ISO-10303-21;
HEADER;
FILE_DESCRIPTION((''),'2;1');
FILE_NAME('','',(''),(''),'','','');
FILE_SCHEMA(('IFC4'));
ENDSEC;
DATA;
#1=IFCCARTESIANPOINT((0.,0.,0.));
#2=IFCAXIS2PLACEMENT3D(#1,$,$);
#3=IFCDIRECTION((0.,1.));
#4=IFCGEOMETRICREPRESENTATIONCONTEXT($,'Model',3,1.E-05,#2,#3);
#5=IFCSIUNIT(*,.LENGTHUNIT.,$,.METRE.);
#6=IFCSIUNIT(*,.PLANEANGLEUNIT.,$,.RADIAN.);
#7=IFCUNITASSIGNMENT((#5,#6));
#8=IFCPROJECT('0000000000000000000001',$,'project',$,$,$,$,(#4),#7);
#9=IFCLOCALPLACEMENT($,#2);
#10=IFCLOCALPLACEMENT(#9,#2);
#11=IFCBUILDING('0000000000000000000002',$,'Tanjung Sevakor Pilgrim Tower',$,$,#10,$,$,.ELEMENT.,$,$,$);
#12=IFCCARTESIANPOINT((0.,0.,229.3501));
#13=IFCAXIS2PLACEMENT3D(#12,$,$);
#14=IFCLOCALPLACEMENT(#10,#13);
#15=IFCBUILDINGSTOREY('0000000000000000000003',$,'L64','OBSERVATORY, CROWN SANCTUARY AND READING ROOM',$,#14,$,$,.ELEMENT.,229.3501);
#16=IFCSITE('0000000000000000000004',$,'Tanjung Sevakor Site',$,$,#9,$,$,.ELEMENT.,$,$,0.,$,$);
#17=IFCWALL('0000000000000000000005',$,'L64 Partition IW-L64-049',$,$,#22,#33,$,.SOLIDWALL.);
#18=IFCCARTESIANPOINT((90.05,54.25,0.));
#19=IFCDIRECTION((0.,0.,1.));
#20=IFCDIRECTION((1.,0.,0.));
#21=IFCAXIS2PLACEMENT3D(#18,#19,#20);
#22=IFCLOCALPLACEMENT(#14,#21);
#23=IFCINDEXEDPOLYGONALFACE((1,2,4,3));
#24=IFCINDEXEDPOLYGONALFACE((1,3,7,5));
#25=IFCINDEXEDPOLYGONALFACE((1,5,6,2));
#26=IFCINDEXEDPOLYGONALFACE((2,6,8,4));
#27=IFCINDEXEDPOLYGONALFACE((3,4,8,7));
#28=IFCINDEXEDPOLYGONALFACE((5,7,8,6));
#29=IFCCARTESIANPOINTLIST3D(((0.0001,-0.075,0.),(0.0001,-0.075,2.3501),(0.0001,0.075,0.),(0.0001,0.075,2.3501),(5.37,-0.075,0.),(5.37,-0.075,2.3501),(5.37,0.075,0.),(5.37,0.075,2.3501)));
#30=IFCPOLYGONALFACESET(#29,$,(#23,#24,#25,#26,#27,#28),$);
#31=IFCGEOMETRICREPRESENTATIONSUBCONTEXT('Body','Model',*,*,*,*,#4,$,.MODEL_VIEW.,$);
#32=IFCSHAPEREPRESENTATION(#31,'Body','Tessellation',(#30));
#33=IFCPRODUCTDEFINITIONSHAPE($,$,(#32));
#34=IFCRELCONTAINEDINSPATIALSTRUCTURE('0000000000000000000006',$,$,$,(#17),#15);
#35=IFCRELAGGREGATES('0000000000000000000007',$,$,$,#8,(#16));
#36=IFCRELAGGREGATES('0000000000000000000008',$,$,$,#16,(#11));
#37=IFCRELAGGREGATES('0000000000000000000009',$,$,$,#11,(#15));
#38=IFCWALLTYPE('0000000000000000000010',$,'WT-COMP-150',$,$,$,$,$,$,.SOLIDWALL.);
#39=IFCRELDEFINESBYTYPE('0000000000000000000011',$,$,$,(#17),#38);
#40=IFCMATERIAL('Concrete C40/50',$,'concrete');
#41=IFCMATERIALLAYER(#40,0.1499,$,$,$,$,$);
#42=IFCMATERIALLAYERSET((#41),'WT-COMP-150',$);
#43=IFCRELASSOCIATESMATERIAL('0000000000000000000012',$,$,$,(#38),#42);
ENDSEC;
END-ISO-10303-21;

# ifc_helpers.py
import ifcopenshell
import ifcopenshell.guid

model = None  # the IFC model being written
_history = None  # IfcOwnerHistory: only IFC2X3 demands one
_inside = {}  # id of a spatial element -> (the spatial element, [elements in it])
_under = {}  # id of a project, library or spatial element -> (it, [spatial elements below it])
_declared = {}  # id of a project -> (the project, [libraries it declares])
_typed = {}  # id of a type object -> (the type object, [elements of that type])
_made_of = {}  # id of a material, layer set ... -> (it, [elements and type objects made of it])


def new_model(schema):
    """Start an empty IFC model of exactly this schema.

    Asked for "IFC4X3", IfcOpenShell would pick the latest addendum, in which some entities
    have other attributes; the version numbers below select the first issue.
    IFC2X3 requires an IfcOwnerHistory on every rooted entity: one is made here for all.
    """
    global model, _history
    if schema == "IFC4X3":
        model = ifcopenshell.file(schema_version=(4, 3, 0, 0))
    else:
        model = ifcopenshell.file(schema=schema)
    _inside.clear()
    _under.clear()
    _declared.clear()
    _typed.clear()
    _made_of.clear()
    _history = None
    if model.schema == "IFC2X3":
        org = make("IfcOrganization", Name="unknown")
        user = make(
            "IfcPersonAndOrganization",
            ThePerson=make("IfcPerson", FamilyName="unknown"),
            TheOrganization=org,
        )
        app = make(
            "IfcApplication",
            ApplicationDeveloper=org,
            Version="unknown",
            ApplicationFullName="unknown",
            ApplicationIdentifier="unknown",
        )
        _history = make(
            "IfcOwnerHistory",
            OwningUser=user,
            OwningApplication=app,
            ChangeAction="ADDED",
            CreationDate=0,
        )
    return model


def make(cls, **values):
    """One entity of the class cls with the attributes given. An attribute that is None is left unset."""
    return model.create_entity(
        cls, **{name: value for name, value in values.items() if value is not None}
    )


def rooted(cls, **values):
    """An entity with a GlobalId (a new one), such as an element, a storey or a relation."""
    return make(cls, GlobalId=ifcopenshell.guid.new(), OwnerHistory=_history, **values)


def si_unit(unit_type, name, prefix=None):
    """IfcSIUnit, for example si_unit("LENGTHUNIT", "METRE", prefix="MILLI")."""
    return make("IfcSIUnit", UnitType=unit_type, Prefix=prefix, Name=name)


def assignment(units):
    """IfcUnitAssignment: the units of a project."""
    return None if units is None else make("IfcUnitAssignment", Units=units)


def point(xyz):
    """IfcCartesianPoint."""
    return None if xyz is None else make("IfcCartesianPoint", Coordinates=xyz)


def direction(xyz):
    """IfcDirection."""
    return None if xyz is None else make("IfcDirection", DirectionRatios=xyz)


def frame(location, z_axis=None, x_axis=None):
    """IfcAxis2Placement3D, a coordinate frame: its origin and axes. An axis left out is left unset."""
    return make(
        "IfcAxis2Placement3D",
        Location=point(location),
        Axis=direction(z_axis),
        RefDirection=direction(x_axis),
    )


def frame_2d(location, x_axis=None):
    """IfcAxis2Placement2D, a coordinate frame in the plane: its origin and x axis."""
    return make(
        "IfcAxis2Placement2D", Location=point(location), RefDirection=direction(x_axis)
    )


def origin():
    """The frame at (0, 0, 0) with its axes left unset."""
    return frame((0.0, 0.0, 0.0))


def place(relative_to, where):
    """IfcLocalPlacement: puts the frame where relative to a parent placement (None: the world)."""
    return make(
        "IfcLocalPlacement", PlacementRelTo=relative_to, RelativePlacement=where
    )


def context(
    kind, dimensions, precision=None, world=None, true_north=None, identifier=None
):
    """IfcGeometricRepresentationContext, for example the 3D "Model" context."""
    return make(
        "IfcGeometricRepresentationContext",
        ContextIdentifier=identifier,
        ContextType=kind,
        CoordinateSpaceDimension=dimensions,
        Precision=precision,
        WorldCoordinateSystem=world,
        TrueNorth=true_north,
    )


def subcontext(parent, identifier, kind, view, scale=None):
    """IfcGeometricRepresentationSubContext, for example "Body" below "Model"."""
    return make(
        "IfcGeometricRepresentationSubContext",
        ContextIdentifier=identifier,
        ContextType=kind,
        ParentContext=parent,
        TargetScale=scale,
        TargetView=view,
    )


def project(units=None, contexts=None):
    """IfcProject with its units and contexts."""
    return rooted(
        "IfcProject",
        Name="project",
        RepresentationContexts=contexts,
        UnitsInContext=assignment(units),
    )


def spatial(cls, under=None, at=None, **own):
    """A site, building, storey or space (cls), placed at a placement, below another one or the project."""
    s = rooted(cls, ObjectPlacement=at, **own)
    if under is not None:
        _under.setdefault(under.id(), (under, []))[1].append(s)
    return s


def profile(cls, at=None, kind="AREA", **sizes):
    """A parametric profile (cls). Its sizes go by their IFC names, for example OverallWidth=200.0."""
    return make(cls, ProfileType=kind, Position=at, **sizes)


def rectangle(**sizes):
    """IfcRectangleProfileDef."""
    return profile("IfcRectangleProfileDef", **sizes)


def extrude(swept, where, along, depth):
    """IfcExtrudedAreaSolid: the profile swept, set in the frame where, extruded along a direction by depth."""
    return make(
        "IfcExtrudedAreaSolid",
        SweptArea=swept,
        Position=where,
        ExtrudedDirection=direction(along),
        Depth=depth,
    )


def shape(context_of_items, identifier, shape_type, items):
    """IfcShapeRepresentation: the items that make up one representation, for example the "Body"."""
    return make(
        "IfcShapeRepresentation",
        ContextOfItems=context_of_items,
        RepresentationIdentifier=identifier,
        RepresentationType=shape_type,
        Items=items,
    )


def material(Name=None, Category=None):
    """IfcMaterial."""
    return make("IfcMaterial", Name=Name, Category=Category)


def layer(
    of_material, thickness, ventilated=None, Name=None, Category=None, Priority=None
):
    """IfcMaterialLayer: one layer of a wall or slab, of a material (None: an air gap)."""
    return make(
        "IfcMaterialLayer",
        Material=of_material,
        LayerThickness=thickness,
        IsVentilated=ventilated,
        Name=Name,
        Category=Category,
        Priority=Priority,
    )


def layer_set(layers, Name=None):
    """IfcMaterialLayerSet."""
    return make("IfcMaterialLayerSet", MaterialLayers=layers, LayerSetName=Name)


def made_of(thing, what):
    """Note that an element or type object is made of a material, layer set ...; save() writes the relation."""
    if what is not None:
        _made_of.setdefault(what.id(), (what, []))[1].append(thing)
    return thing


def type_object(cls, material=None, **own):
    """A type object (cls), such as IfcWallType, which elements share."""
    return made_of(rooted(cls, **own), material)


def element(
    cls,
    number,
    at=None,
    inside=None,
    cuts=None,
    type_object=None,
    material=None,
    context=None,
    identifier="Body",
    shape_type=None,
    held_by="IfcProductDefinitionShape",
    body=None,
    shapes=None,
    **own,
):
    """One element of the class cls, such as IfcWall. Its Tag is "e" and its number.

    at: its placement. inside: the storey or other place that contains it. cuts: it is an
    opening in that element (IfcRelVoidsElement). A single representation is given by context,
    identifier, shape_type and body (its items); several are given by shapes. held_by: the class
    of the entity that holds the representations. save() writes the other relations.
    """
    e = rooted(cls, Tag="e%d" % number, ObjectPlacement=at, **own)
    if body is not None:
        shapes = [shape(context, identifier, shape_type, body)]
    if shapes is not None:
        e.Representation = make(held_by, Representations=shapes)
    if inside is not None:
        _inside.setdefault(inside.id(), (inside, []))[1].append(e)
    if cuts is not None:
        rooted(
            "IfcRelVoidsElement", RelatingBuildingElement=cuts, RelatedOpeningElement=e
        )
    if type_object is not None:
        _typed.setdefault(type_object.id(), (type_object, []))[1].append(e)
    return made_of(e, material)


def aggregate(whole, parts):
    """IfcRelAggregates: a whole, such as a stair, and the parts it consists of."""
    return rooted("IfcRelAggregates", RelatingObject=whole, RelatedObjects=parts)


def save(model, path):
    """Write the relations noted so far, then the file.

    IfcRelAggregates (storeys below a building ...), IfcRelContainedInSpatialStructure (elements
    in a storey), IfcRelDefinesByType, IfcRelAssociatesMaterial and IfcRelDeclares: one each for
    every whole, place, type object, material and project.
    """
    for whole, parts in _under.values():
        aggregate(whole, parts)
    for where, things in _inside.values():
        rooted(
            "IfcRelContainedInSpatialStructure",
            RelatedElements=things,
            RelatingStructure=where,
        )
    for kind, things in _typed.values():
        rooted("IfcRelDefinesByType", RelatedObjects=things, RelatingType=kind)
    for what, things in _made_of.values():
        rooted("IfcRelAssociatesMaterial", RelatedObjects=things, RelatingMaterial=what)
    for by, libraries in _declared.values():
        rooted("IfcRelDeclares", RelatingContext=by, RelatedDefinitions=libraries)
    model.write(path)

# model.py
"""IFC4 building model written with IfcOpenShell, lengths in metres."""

from ifc_helpers import new_model, si_unit, direction, frame, frame_2d, origin, place, context, subcontext, project, spatial, rectangle, extrude, material, layer, layer_set, type_object, element, save


model = new_model("IFC4")

# Units and contexts
model_context = context("Model", 3, precision=1e-05, world=origin(), true_north=direction((0.0, 1.0)))
body_context = subcontext(model_context, "Body", "Model", "MODEL_VIEW")
ifc_project = project(units=[si_unit("LENGTHUNIT", "METRE"), si_unit("PLANEANGLEUNIT", "RADIAN")], contexts=[model_context])

# Site, building, storey
site_placement = place(None, origin())
site = spatial("IfcSite", under=ifc_project, at=site_placement, Name="Tanjung Sevakor Site", CompositionType="ELEMENT", RefElevation=0.0)
building_placement = place(site_placement, origin())
building = spatial("IfcBuilding", under=site, at=building_placement, Name="Tanjung Sevakor Pilgrim Tower", CompositionType="ELEMENT")
storey_placement = place(building_placement, frame((0.0, 0.0, 229.3501)))
storey = spatial("IfcBuildingStorey", under=building, at=storey_placement, Name="L64", Description="OBSERVATORY, CROWN SANCTUARY AND READING ROOM", CompositionType="ELEMENT", Elevation=229.3501)

# Shared definitions
ifc_material_1 = material(Name="Concrete C40/50", Category="concrete")
ifc_layer_1 = layer(ifc_material_1, 0.1499)
ifc_layer_set_1 = layer_set([ifc_layer_1], Name="WT-COMP-150")
wall_type_1 = type_object("IfcWallType", Name="WT-COMP-150", PredefinedType="SOLIDWALL", material=ifc_layer_set_1)

# Wall
wall_1_placement = place(storey_placement, frame((90.05, 54.25, 0.0), z_axis=(0.0, 0.0, 1.0), x_axis=(1.0, 0.0, 0.0)))
element("IfcWall", 1, at=wall_1_placement, inside=storey, type_object=wall_type_1, Name="L64 Partition IW-L64-049", PredefinedType="SOLIDWALL", context=body_context, shape_type="SweptSolid", body=[
    extrude(rectangle(XDim=5.3699, YDim=0.1499, at=frame_2d((2.6851, 0.0))), origin(), (0.0, 0.0, 1.0), 2.3501),
])

save(model, "model.ifc")
